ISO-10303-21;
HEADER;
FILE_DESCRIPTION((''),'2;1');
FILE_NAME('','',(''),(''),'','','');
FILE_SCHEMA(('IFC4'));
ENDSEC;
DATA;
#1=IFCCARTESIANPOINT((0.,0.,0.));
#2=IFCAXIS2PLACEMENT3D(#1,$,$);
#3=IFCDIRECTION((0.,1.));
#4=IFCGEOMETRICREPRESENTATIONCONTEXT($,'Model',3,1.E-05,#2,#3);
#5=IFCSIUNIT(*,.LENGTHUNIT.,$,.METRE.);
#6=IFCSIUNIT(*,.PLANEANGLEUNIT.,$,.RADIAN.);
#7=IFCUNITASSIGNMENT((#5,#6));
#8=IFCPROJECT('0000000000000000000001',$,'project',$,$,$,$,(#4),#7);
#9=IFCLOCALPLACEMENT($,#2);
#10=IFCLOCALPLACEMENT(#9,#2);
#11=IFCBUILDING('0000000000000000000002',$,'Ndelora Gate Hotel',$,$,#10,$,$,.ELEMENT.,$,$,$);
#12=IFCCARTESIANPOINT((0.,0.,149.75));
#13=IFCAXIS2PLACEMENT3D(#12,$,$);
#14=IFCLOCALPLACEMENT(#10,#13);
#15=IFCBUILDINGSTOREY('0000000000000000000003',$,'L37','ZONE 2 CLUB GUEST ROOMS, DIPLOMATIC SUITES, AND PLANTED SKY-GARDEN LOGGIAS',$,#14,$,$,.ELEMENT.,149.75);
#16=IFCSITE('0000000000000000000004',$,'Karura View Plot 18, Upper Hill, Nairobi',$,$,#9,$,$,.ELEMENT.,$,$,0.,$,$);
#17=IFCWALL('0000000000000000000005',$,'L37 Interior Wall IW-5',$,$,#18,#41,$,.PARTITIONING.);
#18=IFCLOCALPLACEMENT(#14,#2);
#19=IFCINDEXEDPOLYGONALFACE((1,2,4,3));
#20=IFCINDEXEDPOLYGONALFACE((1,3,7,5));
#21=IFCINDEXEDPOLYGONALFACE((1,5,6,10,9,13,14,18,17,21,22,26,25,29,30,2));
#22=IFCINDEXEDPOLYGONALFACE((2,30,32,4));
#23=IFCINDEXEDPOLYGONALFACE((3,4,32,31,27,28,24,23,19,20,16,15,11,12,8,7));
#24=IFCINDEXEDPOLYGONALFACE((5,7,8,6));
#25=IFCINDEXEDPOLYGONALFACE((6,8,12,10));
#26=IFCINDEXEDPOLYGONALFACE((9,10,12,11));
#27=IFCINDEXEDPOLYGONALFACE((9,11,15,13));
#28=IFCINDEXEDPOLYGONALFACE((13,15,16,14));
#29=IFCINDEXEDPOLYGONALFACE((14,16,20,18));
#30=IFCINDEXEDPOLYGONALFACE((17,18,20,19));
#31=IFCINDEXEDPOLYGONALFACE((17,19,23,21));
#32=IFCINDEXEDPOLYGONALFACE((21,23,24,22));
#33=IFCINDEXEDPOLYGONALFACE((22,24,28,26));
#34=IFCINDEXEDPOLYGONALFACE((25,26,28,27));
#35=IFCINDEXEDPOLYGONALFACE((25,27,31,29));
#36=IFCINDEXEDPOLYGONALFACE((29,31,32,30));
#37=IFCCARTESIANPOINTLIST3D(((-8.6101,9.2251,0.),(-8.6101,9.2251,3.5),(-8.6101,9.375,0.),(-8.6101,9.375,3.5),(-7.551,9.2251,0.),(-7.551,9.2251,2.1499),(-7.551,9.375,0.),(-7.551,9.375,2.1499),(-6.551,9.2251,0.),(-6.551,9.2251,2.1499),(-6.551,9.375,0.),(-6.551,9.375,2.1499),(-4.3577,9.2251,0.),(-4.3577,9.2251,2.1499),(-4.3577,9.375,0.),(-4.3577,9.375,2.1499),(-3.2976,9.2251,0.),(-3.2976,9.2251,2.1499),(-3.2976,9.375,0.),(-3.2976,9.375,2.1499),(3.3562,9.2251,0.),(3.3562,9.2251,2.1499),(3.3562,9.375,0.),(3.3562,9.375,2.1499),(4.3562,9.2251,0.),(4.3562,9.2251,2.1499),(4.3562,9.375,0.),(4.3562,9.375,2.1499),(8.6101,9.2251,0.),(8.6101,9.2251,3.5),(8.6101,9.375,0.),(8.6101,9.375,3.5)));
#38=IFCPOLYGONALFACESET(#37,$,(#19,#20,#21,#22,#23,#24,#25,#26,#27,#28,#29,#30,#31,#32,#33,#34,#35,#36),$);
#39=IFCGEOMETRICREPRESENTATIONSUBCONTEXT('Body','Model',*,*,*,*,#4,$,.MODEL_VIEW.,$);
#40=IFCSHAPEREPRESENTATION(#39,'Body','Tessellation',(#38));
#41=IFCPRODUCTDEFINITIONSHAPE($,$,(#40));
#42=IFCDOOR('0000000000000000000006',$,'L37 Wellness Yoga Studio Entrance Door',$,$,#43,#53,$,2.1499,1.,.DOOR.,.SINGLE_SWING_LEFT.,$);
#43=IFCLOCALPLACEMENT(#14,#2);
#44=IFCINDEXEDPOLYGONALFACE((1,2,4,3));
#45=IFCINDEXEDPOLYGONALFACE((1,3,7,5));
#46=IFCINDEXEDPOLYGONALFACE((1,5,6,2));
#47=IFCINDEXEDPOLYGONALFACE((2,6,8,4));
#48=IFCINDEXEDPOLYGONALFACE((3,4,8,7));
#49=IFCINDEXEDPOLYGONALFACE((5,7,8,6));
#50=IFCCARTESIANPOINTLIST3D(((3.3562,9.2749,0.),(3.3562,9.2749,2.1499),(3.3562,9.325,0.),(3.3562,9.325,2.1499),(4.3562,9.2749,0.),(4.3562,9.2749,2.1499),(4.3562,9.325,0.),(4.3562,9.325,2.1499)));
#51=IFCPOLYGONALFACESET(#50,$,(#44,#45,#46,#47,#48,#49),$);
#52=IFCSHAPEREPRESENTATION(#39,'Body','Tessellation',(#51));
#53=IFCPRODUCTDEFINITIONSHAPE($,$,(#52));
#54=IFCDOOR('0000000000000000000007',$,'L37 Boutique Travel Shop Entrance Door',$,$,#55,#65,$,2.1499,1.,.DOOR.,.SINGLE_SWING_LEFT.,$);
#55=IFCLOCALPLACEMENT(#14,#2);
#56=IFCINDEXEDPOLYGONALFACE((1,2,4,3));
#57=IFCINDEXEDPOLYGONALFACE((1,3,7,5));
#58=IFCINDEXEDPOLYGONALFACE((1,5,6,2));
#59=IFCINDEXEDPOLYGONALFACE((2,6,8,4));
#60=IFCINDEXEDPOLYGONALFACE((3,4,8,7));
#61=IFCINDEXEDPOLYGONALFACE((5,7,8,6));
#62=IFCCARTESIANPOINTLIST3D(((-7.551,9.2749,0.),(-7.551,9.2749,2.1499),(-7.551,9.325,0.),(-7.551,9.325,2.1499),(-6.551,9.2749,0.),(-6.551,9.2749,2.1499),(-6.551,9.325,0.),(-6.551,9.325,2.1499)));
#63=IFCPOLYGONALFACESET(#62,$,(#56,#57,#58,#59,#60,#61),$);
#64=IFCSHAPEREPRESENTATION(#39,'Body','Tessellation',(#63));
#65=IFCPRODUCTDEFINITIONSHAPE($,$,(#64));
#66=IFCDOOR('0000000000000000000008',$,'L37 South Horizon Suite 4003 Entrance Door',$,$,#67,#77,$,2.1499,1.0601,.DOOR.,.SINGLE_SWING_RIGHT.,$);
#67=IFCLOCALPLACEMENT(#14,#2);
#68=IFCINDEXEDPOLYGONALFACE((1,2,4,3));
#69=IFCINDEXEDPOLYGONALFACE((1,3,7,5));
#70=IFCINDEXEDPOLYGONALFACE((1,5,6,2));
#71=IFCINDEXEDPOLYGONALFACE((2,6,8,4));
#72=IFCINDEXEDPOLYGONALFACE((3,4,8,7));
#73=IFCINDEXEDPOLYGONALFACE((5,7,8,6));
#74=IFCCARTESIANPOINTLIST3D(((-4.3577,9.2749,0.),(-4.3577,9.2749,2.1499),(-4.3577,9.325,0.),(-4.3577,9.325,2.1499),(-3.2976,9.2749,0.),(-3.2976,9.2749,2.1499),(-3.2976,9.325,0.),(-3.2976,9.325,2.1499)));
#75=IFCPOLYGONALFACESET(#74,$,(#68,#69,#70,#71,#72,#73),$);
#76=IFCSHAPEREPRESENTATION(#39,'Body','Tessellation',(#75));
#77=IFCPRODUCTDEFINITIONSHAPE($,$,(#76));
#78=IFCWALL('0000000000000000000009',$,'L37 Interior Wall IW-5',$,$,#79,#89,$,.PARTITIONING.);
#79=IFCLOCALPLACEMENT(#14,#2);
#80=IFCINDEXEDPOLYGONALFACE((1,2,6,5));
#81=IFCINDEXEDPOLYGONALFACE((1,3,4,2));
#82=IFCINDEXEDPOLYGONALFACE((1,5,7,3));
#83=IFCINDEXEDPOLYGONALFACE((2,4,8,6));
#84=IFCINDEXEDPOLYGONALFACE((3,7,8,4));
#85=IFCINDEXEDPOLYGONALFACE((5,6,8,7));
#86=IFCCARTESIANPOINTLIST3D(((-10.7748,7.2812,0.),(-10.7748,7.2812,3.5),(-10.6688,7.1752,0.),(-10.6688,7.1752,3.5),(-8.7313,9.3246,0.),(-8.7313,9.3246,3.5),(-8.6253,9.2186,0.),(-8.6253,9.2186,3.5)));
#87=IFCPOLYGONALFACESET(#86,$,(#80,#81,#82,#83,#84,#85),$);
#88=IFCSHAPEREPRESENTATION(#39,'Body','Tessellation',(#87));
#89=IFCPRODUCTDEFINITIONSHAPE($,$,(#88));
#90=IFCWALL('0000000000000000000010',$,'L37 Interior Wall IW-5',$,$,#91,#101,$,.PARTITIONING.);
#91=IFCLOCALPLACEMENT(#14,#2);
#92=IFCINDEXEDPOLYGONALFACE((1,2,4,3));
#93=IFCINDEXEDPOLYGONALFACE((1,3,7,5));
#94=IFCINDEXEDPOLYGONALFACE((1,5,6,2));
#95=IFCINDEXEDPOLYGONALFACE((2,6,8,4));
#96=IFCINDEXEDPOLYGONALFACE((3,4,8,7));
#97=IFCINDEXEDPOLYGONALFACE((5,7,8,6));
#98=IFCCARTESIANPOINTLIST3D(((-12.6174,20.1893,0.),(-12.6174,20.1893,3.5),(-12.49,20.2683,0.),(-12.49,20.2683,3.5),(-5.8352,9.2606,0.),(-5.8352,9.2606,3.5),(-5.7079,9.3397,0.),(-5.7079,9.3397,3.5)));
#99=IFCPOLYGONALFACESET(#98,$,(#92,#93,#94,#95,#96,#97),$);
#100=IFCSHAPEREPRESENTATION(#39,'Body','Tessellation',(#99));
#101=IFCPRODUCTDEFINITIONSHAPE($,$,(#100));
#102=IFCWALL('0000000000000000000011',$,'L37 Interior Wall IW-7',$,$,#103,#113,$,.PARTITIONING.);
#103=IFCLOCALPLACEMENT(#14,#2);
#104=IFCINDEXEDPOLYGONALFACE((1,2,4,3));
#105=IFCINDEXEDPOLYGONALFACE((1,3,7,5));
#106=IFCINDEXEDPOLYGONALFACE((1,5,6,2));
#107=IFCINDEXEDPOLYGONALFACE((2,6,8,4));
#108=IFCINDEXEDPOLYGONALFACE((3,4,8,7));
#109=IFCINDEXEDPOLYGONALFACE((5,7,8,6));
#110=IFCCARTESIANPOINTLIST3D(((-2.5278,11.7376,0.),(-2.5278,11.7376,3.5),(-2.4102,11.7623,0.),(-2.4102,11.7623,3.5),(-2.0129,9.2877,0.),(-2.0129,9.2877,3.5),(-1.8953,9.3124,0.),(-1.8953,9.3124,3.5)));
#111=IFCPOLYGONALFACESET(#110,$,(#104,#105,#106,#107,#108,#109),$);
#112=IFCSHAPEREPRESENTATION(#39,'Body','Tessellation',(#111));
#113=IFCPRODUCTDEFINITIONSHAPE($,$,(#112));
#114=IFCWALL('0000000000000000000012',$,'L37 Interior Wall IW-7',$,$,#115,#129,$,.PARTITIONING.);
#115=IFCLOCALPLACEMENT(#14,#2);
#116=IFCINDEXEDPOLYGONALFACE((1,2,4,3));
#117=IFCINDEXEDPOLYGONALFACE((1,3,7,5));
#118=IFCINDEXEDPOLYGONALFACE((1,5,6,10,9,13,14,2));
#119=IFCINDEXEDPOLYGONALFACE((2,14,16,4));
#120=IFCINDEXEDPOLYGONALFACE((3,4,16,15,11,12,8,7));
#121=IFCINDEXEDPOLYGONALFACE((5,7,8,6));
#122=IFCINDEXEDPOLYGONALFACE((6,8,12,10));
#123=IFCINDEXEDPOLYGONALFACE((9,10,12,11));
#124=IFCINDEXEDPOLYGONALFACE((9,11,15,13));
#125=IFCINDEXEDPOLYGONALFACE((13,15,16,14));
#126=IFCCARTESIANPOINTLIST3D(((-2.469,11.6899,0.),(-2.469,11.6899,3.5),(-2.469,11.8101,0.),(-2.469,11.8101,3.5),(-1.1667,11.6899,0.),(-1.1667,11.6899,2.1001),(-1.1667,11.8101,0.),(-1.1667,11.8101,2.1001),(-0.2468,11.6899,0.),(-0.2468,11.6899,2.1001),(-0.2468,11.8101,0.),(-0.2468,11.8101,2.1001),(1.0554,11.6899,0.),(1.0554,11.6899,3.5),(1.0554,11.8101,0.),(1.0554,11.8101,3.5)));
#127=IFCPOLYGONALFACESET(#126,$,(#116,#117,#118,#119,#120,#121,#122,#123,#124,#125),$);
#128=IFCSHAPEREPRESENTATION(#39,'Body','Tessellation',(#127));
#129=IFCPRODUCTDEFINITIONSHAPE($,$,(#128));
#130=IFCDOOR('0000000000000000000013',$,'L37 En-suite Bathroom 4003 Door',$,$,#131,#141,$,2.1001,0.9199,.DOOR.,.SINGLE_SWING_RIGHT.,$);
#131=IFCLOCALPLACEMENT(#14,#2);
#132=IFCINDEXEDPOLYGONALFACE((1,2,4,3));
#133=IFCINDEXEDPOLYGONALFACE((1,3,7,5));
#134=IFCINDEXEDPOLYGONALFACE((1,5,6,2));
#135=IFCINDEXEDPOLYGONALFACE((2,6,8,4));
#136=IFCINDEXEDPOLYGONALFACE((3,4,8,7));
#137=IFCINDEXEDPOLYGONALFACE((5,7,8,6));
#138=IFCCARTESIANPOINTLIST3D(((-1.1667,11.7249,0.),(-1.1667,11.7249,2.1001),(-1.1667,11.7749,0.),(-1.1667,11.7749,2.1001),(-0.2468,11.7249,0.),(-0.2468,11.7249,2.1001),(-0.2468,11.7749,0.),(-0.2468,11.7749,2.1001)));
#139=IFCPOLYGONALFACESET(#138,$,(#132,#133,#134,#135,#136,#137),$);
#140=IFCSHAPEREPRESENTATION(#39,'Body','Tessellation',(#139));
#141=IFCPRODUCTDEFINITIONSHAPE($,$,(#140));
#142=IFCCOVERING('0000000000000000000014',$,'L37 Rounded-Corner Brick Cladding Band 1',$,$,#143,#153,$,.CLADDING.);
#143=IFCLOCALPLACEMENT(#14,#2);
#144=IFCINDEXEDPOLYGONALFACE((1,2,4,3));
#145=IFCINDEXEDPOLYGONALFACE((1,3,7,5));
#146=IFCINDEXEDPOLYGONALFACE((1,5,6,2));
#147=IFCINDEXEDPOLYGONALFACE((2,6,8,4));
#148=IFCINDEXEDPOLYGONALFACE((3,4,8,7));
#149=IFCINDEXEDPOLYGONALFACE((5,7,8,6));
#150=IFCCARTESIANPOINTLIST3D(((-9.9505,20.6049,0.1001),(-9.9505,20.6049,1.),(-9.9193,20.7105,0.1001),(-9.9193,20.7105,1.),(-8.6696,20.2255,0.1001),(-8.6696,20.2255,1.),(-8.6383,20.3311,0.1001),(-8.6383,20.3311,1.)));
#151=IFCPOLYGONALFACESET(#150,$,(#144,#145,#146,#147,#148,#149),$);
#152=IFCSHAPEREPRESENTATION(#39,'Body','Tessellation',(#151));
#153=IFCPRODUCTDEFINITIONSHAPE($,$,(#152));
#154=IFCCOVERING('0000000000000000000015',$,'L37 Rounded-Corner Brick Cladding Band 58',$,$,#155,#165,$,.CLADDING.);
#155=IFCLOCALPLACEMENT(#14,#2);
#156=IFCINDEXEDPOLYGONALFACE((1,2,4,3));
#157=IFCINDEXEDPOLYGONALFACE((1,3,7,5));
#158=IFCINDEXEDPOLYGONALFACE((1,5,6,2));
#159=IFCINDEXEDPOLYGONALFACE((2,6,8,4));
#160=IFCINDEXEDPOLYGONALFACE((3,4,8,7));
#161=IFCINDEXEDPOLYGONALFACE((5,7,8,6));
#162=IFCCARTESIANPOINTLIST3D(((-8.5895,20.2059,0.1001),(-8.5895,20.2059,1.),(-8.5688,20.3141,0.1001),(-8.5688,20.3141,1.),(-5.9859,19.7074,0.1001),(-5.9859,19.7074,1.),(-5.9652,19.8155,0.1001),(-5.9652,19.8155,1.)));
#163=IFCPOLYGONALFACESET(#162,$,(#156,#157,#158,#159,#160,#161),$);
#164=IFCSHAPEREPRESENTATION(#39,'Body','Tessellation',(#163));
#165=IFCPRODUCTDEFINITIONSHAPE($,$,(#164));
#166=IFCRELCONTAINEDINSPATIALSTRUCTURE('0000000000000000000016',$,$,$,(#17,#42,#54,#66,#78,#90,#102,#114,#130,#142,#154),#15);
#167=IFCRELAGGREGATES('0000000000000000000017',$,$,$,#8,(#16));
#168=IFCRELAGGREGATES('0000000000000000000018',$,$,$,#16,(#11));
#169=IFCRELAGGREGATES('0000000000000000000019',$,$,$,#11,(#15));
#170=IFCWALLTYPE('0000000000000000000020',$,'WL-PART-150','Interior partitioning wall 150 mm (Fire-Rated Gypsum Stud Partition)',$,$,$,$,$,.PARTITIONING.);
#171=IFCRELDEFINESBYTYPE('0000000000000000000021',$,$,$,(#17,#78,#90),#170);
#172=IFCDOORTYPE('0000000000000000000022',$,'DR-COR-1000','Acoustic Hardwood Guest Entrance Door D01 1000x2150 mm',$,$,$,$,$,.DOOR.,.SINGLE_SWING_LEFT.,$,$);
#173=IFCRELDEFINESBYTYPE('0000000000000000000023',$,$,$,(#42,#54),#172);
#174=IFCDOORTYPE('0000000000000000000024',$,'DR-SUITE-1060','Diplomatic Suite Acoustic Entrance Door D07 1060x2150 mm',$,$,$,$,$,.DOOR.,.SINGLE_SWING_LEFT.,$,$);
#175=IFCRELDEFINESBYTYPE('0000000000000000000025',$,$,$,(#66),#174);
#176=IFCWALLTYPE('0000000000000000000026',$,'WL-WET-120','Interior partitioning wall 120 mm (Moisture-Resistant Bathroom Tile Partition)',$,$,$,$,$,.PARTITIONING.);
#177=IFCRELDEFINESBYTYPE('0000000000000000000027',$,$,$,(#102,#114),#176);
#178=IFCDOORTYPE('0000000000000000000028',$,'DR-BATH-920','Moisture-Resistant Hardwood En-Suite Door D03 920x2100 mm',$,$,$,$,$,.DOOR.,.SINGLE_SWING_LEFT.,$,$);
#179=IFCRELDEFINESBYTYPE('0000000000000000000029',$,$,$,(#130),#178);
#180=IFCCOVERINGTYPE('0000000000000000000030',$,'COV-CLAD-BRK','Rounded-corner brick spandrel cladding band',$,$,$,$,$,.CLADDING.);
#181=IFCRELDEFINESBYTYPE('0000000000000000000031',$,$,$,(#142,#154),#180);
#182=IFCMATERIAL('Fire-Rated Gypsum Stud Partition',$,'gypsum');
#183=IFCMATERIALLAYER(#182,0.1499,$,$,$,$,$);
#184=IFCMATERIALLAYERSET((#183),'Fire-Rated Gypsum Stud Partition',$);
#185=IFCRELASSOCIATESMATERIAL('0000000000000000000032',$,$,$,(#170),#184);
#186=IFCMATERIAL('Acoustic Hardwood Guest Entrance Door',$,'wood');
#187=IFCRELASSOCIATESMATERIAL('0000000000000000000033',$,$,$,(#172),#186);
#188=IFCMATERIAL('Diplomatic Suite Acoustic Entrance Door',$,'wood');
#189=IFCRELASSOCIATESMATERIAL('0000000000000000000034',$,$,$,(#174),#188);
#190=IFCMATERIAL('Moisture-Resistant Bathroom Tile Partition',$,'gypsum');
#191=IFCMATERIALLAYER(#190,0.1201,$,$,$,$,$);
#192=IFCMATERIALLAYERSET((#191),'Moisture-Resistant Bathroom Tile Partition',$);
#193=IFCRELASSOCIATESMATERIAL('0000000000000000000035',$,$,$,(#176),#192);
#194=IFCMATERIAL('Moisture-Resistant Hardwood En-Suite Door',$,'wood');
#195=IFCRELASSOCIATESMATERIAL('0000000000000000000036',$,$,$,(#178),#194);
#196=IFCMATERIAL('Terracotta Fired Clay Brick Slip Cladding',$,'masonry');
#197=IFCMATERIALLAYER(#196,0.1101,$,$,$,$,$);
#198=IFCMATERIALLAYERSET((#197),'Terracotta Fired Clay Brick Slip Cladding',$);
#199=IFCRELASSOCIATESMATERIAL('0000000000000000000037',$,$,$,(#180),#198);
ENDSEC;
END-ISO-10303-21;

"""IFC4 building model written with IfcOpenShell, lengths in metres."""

from ifc_helpers import new_model, si_unit, direction, frame, frame_2d, origin, origin_2d, place, context, subcontext, project, spatial, rectangle, extrude, material, layer, layer_set, type_object, element, fill, save


model = new_model("IFC4")

# Units and contexts
model_context = context("Model", 3, precision=1e-05, world=origin(), true_north=direction((0.0, 1.0)))
body_context = subcontext(model_context, "Body", "Model", "MODEL_VIEW")
ifc_project = project(units=[si_unit("LENGTHUNIT", "METRE"), si_unit("PLANEANGLEUNIT", "RADIAN")], contexts=[model_context])

# Site, building, storey
site_placement = place(None, origin())
site = spatial("IfcSite", under=ifc_project, at=site_placement, Name="Karura View Plot 18, Upper Hill, Nairobi", CompositionType="ELEMENT", RefElevation=0.0)
building_placement = place(site_placement, origin())
building = spatial("IfcBuilding", under=site, at=building_placement, Name="Ndelora Gate Hotel", CompositionType="ELEMENT")
storey_placement = place(building_placement, frame((0.0, 0.0, 149.75)))
storey = spatial("IfcBuildingStorey", under=building, at=storey_placement, Name="L37", Description="ZONE 2 CLUB GUEST ROOMS, DIPLOMATIC SUITES, AND PLANTED SKY-GARDEN LOGGIAS", CompositionType="ELEMENT", Elevation=149.75)

# Wall, openings, doors
ifc_material_1 = material(Name="Fire-Rated Gypsum Stud Partition", Category="gypsum")
ifc_layer_1 = layer(ifc_material_1, 0.1499)
ifc_layer_set_1 = layer_set([ifc_layer_1], Name="Fire-Rated Gypsum Stud Partition")
wall_type_1 = type_object("IfcWallType", Name="WL-PART-150", Description="Interior partitioning wall 150 mm (Fire-Rated Gypsum Stud Partition)", PredefinedType="PARTITIONING", material=ifc_layer_set_1)
wall_1_placement = place(storey_placement, frame((-8.6101, 9.3, 0.0), z_axis=(0.0, 0.0, 1.0), x_axis=(1.0, 0.0, 0.0)))
wall_1 = element("IfcWall", 1, at=wall_1_placement, inside=storey, type_object=wall_type_1, Name="L37 Interior Wall IW-5", PredefinedType="PARTITIONING", context=body_context, shape_type="SweptSolid", body=[
    extrude(rectangle(XDim=17.2202, YDim=0.1499, at=frame_2d((8.6101, 0.0))), origin(), (0.0, 0.0, 1.0), 3.5),
])
opening_1_placement = place(wall_1_placement, frame((11.9663, 0.0, 0.0)))
opening_1 = element("IfcOpeningElement", 2, at=opening_1_placement, cuts=wall_1, PredefinedType="OPENING", context=body_context, shape_type="SweptSolid", body=[
    extrude(rectangle(XDim=1.0, YDim=2.1499, at=frame_2d((0.5, 1.075))), frame((0.0, 0.085, 0.0), z_axis=(0.0, -1.0, 0.0), x_axis=(1.0, 0.0, 0.0)), (0.0, 0.0, 1.0), 0.1699),
])
opening_2_placement = place(wall_1_placement, frame((1.0591, 0.0, 0.0)))
opening_2 = element("IfcOpeningElement", 3, at=opening_2_placement, cuts=wall_1, PredefinedType="OPENING", context=body_context, shape_type="SweptSolid", body=[
    extrude(rectangle(XDim=1.0, YDim=2.1499, at=frame_2d((0.5, 1.075))), frame((0.0, 0.085, 0.0), z_axis=(0.0, -1.0, 0.0), x_axis=(1.0, 0.0, 0.0)), (0.0, 0.0, 1.0), 0.1699),
])
opening_3_placement = place(wall_1_placement, frame((4.2524, 0.0, 0.0)))
opening_3 = element("IfcOpeningElement", 4, at=opening_3_placement, cuts=wall_1, PredefinedType="OPENING", context=body_context, shape_type="SweptSolid", body=[
    extrude(rectangle(XDim=1.0601, YDim=2.1499, at=frame_2d((0.53, 1.075))), frame((0.0, 0.085, 0.0), z_axis=(0.0, -1.0, 0.0), x_axis=(1.0, 0.0, 0.0)), (0.0, 0.0, 1.0), 0.1699),
])
ifc_material_2 = material(Name="Acoustic Hardwood Guest Entrance Door", Category="wood")
door_type_1 = type_object("IfcDoorType", Name="DR-COR-1000", Description="Acoustic Hardwood Guest Entrance Door D01 1000x2150 mm", OperationType="SINGLE_SWING_LEFT", PredefinedType="DOOR", material=ifc_material_2)
door_1_placement = place(opening_1_placement, origin())
door_1 = element("IfcDoor", 5, at=door_1_placement, inside=storey, type_object=door_type_1, Name="L37 Wellness Yoga Studio Entrance Door", OperationType="SINGLE_SWING_LEFT", OverallHeight=2.1499, OverallWidth=1.0, PredefinedType="DOOR", context=body_context, shape_type="SweptSolid", body=[
    extrude(rectangle(XDim=1.0, YDim=2.1499, at=frame_2d((0.5, 1.075))), frame((0.0, 0.0249, 0.0), z_axis=(0.0, -1.0, 0.0), x_axis=(1.0, 0.0, 0.0)), (0.0, 0.0, 1.0), 0.05),
])
fill(opening_1, door_1)
door_2_placement = place(opening_2_placement, origin())
door_2 = element("IfcDoor", 6, at=door_2_placement, inside=storey, type_object=door_type_1, Name="L37 Boutique Travel Shop Entrance Door", OperationType="SINGLE_SWING_LEFT", OverallHeight=2.1499, OverallWidth=1.0, PredefinedType="DOOR", context=body_context, shape_type="SweptSolid", body=[
    extrude(rectangle(XDim=1.0, YDim=2.1499, at=frame_2d((0.5, 1.075))), frame((0.0, 0.0249, 0.0), z_axis=(0.0, -1.0, 0.0), x_axis=(1.0, 0.0, 0.0)), (0.0, 0.0, 1.0), 0.05),
])
fill(opening_2, door_2)
ifc_material_3 = material(Name="Diplomatic Suite Acoustic Entrance Door", Category="wood")
door_type_2 = type_object("IfcDoorType", Name="DR-SUITE-1060", Description="Diplomatic Suite Acoustic Entrance Door D07 1060x2150 mm", OperationType="SINGLE_SWING_LEFT", PredefinedType="DOOR", material=ifc_material_3)
door_3_placement = place(opening_3_placement, origin())
door_3 = element("IfcDoor", 7, at=door_3_placement, inside=storey, type_object=door_type_2, Name="L37 South Horizon Suite 4003 Entrance Door", OperationType="SINGLE_SWING_RIGHT", OverallHeight=2.1499, OverallWidth=1.0601, PredefinedType="DOOR", context=body_context, shape_type="SweptSolid", body=[
    extrude(rectangle(XDim=1.0601, YDim=2.1499, at=frame_2d((0.53, 1.075))), frame((0.0, 0.0249, 0.0), z_axis=(0.0, -1.0, 0.0), x_axis=(1.0, 0.0, 0.0)), (0.0, 0.0, 1.0), 0.05),
])
fill(opening_3, door_3)

# Walls
wall_2_placement = place(storey_placement, frame((-10.7217, 7.2283, 0.0), z_axis=(0.0, 0.0, 1.0), x_axis=(0.707107, 0.707107, 0.0)))
element("IfcWall", 8, at=wall_2_placement, inside=storey, type_object=wall_type_1, Name="L37 Interior Wall IW-5", PredefinedType="PARTITIONING", context=body_context, shape_type="SweptSolid", body=[
    extrude(rectangle(XDim=2.8899, YDim=0.1499, at=frame_2d((1.4448, 0.0))), origin(), (0.0, 0.0, 1.0), 3.5),
])
wall_3_placement = place(storey_placement, frame((-5.7715, 9.3, 0.0), z_axis=(0.0, 0.0, 1.0), x_axis=(-0.5273, 0.849679, 0.0)))
element("IfcWall", 9, at=wall_3_placement, inside=storey, type_object=wall_type_1, Name="L37 Interior Wall IW-5", PredefinedType="PARTITIONING", context=body_context, shape_type="SweptSolid", body=[
    extrude(rectangle(XDim=12.8621, YDim=0.1499, at=frame_2d((6.4312, 0.0))), origin(), (0.0, 0.0, 1.0), 3.5),
])
ifc_material_4 = material(Name="Moisture-Resistant Bathroom Tile Partition", Category="gypsum")
ifc_layer_2 = layer(ifc_material_4, 0.1201)
ifc_layer_set_2 = layer_set([ifc_layer_2], Name="Moisture-Resistant Bathroom Tile Partition")
wall_type_2 = type_object("IfcWallType", Name="WL-WET-120", Description="Interior partitioning wall 120 mm (Moisture-Resistant Bathroom Tile Partition)", PredefinedType="PARTITIONING", material=ifc_layer_set_2)
wall_4_placement = place(storey_placement, frame((-1.9541, 9.3, 0.0), z_axis=(0.0, 0.0, 1.0), x_axis=(-0.205671, 0.978621, 0.0)))
element("IfcWall", 10, at=wall_4_placement, inside=storey, type_object=wall_type_2, Name="L37 Interior Wall IW-7", PredefinedType="PARTITIONING", context=body_context, shape_type="SweptSolid", body=[
    extrude(rectangle(XDim=2.5034, YDim=0.1201, at=frame_2d((1.2517, 0.0))), origin(), (0.0, 0.0, 1.0), 3.5),
])

# Wall, opening, door
wall_5_placement = place(storey_placement, frame((-2.469, 11.75, 0.0), z_axis=(0.0, 0.0, 1.0), x_axis=(1.0, 0.0, 0.0)))
wall_5 = element("IfcWall", 11, at=wall_5_placement, inside=storey, type_object=wall_type_2, Name="L37 Interior Wall IW-7", PredefinedType="PARTITIONING", context=body_context, shape_type="SweptSolid", body=[
    extrude(rectangle(XDim=3.5244, YDim=0.1201, at=frame_2d((1.7622, 0.0))), origin(), (0.0, 0.0, 1.0), 3.5),
])
opening_4_placement = place(wall_5_placement, frame((1.3022, 0.0, 0.0)))
opening_4 = element("IfcOpeningElement", 12, at=opening_4_placement, cuts=wall_5, PredefinedType="OPENING", context=body_context, shape_type="SweptSolid", body=[
    extrude(rectangle(XDim=0.9199, YDim=2.1001, at=frame_2d((0.46, 1.05))), frame((0.0, 0.0701, 0.0), z_axis=(0.0, -1.0, 0.0), x_axis=(1.0, 0.0, 0.0)), (0.0, 0.0, 1.0), 0.1401),
])
ifc_material_5 = material(Name="Moisture-Resistant Hardwood En-Suite Door", Category="wood")
door_type_3 = type_object("IfcDoorType", Name="DR-BATH-920", Description="Moisture-Resistant Hardwood En-Suite Door D03 920x2100 mm", OperationType="SINGLE_SWING_LEFT", PredefinedType="DOOR", material=ifc_material_5)
door_4_placement = place(opening_4_placement, origin())
door_4 = element("IfcDoor", 13, at=door_4_placement, inside=storey, type_object=door_type_3, Name="L37 En-suite Bathroom 4003 Door", OperationType="SINGLE_SWING_RIGHT", OverallHeight=2.1001, OverallWidth=0.9199, PredefinedType="DOOR", context=body_context, shape_type="SweptSolid", body=[
    extrude(rectangle(XDim=0.9199, YDim=2.1001, at=frame_2d((0.46, 1.05))), frame((0.0, 0.0249, 0.0), z_axis=(0.0, -1.0, 0.0), x_axis=(1.0, 0.0, 0.0)), (0.0, 0.0, 1.0), 0.05),
])
fill(opening_4, door_4)

# Coverings
ifc_material_6 = material(Name="Terracotta Fired Clay Brick Slip Cladding", Category="masonry")
ifc_layer_3 = layer(ifc_material_6, 0.1101)
ifc_layer_set_3 = layer_set([ifc_layer_3], Name="Terracotta Fired Clay Brick Slip Cladding")
covering_type_1 = type_object("IfcCoveringType", Name="COV-CLAD-BRK", Description="Rounded-corner brick spandrel cladding band", PredefinedType="CLADDING", material=ifc_layer_set_3)
covering_1_placement = place(storey_placement, frame((-9.2944, 20.468, 0.1001), z_axis=(0.0, 0.0, 1.0), x_axis=(-0.95882, 0.284015, 0.0)))
element("IfcCovering", 14, at=covering_1_placement, inside=storey, type_object=covering_type_1, Name="L37 Rounded-Corner Brick Cladding Band 1", PredefinedType="CLADDING", context=body_context, shape_type="SweptSolid", body=[
    extrude(rectangle(XDim=1.3359, YDim=0.1101, at=origin_2d()), origin(), (0.0, 0.0, 1.0), 0.8999),
])
covering_2_placement = place(storey_placement, frame((-7.2773, 20.0107, 0.1001), z_axis=(0.0, 0.0, 1.0), x_axis=(-0.982156, 0.188067, 0.0)))
element("IfcCovering", 15, at=covering_2_placement, inside=storey, type_object=covering_type_1, Name="L37 Rounded-Corner Brick Cladding Band 58", PredefinedType="CLADDING", context=body_context, shape_type="SweptSolid", body=[
    extrude(rectangle(XDim=2.6509, YDim=0.1101, at=origin_2d()), origin(), (0.0, 0.0, 1.0), 0.8999),
])

save(model, "model.ifc")
